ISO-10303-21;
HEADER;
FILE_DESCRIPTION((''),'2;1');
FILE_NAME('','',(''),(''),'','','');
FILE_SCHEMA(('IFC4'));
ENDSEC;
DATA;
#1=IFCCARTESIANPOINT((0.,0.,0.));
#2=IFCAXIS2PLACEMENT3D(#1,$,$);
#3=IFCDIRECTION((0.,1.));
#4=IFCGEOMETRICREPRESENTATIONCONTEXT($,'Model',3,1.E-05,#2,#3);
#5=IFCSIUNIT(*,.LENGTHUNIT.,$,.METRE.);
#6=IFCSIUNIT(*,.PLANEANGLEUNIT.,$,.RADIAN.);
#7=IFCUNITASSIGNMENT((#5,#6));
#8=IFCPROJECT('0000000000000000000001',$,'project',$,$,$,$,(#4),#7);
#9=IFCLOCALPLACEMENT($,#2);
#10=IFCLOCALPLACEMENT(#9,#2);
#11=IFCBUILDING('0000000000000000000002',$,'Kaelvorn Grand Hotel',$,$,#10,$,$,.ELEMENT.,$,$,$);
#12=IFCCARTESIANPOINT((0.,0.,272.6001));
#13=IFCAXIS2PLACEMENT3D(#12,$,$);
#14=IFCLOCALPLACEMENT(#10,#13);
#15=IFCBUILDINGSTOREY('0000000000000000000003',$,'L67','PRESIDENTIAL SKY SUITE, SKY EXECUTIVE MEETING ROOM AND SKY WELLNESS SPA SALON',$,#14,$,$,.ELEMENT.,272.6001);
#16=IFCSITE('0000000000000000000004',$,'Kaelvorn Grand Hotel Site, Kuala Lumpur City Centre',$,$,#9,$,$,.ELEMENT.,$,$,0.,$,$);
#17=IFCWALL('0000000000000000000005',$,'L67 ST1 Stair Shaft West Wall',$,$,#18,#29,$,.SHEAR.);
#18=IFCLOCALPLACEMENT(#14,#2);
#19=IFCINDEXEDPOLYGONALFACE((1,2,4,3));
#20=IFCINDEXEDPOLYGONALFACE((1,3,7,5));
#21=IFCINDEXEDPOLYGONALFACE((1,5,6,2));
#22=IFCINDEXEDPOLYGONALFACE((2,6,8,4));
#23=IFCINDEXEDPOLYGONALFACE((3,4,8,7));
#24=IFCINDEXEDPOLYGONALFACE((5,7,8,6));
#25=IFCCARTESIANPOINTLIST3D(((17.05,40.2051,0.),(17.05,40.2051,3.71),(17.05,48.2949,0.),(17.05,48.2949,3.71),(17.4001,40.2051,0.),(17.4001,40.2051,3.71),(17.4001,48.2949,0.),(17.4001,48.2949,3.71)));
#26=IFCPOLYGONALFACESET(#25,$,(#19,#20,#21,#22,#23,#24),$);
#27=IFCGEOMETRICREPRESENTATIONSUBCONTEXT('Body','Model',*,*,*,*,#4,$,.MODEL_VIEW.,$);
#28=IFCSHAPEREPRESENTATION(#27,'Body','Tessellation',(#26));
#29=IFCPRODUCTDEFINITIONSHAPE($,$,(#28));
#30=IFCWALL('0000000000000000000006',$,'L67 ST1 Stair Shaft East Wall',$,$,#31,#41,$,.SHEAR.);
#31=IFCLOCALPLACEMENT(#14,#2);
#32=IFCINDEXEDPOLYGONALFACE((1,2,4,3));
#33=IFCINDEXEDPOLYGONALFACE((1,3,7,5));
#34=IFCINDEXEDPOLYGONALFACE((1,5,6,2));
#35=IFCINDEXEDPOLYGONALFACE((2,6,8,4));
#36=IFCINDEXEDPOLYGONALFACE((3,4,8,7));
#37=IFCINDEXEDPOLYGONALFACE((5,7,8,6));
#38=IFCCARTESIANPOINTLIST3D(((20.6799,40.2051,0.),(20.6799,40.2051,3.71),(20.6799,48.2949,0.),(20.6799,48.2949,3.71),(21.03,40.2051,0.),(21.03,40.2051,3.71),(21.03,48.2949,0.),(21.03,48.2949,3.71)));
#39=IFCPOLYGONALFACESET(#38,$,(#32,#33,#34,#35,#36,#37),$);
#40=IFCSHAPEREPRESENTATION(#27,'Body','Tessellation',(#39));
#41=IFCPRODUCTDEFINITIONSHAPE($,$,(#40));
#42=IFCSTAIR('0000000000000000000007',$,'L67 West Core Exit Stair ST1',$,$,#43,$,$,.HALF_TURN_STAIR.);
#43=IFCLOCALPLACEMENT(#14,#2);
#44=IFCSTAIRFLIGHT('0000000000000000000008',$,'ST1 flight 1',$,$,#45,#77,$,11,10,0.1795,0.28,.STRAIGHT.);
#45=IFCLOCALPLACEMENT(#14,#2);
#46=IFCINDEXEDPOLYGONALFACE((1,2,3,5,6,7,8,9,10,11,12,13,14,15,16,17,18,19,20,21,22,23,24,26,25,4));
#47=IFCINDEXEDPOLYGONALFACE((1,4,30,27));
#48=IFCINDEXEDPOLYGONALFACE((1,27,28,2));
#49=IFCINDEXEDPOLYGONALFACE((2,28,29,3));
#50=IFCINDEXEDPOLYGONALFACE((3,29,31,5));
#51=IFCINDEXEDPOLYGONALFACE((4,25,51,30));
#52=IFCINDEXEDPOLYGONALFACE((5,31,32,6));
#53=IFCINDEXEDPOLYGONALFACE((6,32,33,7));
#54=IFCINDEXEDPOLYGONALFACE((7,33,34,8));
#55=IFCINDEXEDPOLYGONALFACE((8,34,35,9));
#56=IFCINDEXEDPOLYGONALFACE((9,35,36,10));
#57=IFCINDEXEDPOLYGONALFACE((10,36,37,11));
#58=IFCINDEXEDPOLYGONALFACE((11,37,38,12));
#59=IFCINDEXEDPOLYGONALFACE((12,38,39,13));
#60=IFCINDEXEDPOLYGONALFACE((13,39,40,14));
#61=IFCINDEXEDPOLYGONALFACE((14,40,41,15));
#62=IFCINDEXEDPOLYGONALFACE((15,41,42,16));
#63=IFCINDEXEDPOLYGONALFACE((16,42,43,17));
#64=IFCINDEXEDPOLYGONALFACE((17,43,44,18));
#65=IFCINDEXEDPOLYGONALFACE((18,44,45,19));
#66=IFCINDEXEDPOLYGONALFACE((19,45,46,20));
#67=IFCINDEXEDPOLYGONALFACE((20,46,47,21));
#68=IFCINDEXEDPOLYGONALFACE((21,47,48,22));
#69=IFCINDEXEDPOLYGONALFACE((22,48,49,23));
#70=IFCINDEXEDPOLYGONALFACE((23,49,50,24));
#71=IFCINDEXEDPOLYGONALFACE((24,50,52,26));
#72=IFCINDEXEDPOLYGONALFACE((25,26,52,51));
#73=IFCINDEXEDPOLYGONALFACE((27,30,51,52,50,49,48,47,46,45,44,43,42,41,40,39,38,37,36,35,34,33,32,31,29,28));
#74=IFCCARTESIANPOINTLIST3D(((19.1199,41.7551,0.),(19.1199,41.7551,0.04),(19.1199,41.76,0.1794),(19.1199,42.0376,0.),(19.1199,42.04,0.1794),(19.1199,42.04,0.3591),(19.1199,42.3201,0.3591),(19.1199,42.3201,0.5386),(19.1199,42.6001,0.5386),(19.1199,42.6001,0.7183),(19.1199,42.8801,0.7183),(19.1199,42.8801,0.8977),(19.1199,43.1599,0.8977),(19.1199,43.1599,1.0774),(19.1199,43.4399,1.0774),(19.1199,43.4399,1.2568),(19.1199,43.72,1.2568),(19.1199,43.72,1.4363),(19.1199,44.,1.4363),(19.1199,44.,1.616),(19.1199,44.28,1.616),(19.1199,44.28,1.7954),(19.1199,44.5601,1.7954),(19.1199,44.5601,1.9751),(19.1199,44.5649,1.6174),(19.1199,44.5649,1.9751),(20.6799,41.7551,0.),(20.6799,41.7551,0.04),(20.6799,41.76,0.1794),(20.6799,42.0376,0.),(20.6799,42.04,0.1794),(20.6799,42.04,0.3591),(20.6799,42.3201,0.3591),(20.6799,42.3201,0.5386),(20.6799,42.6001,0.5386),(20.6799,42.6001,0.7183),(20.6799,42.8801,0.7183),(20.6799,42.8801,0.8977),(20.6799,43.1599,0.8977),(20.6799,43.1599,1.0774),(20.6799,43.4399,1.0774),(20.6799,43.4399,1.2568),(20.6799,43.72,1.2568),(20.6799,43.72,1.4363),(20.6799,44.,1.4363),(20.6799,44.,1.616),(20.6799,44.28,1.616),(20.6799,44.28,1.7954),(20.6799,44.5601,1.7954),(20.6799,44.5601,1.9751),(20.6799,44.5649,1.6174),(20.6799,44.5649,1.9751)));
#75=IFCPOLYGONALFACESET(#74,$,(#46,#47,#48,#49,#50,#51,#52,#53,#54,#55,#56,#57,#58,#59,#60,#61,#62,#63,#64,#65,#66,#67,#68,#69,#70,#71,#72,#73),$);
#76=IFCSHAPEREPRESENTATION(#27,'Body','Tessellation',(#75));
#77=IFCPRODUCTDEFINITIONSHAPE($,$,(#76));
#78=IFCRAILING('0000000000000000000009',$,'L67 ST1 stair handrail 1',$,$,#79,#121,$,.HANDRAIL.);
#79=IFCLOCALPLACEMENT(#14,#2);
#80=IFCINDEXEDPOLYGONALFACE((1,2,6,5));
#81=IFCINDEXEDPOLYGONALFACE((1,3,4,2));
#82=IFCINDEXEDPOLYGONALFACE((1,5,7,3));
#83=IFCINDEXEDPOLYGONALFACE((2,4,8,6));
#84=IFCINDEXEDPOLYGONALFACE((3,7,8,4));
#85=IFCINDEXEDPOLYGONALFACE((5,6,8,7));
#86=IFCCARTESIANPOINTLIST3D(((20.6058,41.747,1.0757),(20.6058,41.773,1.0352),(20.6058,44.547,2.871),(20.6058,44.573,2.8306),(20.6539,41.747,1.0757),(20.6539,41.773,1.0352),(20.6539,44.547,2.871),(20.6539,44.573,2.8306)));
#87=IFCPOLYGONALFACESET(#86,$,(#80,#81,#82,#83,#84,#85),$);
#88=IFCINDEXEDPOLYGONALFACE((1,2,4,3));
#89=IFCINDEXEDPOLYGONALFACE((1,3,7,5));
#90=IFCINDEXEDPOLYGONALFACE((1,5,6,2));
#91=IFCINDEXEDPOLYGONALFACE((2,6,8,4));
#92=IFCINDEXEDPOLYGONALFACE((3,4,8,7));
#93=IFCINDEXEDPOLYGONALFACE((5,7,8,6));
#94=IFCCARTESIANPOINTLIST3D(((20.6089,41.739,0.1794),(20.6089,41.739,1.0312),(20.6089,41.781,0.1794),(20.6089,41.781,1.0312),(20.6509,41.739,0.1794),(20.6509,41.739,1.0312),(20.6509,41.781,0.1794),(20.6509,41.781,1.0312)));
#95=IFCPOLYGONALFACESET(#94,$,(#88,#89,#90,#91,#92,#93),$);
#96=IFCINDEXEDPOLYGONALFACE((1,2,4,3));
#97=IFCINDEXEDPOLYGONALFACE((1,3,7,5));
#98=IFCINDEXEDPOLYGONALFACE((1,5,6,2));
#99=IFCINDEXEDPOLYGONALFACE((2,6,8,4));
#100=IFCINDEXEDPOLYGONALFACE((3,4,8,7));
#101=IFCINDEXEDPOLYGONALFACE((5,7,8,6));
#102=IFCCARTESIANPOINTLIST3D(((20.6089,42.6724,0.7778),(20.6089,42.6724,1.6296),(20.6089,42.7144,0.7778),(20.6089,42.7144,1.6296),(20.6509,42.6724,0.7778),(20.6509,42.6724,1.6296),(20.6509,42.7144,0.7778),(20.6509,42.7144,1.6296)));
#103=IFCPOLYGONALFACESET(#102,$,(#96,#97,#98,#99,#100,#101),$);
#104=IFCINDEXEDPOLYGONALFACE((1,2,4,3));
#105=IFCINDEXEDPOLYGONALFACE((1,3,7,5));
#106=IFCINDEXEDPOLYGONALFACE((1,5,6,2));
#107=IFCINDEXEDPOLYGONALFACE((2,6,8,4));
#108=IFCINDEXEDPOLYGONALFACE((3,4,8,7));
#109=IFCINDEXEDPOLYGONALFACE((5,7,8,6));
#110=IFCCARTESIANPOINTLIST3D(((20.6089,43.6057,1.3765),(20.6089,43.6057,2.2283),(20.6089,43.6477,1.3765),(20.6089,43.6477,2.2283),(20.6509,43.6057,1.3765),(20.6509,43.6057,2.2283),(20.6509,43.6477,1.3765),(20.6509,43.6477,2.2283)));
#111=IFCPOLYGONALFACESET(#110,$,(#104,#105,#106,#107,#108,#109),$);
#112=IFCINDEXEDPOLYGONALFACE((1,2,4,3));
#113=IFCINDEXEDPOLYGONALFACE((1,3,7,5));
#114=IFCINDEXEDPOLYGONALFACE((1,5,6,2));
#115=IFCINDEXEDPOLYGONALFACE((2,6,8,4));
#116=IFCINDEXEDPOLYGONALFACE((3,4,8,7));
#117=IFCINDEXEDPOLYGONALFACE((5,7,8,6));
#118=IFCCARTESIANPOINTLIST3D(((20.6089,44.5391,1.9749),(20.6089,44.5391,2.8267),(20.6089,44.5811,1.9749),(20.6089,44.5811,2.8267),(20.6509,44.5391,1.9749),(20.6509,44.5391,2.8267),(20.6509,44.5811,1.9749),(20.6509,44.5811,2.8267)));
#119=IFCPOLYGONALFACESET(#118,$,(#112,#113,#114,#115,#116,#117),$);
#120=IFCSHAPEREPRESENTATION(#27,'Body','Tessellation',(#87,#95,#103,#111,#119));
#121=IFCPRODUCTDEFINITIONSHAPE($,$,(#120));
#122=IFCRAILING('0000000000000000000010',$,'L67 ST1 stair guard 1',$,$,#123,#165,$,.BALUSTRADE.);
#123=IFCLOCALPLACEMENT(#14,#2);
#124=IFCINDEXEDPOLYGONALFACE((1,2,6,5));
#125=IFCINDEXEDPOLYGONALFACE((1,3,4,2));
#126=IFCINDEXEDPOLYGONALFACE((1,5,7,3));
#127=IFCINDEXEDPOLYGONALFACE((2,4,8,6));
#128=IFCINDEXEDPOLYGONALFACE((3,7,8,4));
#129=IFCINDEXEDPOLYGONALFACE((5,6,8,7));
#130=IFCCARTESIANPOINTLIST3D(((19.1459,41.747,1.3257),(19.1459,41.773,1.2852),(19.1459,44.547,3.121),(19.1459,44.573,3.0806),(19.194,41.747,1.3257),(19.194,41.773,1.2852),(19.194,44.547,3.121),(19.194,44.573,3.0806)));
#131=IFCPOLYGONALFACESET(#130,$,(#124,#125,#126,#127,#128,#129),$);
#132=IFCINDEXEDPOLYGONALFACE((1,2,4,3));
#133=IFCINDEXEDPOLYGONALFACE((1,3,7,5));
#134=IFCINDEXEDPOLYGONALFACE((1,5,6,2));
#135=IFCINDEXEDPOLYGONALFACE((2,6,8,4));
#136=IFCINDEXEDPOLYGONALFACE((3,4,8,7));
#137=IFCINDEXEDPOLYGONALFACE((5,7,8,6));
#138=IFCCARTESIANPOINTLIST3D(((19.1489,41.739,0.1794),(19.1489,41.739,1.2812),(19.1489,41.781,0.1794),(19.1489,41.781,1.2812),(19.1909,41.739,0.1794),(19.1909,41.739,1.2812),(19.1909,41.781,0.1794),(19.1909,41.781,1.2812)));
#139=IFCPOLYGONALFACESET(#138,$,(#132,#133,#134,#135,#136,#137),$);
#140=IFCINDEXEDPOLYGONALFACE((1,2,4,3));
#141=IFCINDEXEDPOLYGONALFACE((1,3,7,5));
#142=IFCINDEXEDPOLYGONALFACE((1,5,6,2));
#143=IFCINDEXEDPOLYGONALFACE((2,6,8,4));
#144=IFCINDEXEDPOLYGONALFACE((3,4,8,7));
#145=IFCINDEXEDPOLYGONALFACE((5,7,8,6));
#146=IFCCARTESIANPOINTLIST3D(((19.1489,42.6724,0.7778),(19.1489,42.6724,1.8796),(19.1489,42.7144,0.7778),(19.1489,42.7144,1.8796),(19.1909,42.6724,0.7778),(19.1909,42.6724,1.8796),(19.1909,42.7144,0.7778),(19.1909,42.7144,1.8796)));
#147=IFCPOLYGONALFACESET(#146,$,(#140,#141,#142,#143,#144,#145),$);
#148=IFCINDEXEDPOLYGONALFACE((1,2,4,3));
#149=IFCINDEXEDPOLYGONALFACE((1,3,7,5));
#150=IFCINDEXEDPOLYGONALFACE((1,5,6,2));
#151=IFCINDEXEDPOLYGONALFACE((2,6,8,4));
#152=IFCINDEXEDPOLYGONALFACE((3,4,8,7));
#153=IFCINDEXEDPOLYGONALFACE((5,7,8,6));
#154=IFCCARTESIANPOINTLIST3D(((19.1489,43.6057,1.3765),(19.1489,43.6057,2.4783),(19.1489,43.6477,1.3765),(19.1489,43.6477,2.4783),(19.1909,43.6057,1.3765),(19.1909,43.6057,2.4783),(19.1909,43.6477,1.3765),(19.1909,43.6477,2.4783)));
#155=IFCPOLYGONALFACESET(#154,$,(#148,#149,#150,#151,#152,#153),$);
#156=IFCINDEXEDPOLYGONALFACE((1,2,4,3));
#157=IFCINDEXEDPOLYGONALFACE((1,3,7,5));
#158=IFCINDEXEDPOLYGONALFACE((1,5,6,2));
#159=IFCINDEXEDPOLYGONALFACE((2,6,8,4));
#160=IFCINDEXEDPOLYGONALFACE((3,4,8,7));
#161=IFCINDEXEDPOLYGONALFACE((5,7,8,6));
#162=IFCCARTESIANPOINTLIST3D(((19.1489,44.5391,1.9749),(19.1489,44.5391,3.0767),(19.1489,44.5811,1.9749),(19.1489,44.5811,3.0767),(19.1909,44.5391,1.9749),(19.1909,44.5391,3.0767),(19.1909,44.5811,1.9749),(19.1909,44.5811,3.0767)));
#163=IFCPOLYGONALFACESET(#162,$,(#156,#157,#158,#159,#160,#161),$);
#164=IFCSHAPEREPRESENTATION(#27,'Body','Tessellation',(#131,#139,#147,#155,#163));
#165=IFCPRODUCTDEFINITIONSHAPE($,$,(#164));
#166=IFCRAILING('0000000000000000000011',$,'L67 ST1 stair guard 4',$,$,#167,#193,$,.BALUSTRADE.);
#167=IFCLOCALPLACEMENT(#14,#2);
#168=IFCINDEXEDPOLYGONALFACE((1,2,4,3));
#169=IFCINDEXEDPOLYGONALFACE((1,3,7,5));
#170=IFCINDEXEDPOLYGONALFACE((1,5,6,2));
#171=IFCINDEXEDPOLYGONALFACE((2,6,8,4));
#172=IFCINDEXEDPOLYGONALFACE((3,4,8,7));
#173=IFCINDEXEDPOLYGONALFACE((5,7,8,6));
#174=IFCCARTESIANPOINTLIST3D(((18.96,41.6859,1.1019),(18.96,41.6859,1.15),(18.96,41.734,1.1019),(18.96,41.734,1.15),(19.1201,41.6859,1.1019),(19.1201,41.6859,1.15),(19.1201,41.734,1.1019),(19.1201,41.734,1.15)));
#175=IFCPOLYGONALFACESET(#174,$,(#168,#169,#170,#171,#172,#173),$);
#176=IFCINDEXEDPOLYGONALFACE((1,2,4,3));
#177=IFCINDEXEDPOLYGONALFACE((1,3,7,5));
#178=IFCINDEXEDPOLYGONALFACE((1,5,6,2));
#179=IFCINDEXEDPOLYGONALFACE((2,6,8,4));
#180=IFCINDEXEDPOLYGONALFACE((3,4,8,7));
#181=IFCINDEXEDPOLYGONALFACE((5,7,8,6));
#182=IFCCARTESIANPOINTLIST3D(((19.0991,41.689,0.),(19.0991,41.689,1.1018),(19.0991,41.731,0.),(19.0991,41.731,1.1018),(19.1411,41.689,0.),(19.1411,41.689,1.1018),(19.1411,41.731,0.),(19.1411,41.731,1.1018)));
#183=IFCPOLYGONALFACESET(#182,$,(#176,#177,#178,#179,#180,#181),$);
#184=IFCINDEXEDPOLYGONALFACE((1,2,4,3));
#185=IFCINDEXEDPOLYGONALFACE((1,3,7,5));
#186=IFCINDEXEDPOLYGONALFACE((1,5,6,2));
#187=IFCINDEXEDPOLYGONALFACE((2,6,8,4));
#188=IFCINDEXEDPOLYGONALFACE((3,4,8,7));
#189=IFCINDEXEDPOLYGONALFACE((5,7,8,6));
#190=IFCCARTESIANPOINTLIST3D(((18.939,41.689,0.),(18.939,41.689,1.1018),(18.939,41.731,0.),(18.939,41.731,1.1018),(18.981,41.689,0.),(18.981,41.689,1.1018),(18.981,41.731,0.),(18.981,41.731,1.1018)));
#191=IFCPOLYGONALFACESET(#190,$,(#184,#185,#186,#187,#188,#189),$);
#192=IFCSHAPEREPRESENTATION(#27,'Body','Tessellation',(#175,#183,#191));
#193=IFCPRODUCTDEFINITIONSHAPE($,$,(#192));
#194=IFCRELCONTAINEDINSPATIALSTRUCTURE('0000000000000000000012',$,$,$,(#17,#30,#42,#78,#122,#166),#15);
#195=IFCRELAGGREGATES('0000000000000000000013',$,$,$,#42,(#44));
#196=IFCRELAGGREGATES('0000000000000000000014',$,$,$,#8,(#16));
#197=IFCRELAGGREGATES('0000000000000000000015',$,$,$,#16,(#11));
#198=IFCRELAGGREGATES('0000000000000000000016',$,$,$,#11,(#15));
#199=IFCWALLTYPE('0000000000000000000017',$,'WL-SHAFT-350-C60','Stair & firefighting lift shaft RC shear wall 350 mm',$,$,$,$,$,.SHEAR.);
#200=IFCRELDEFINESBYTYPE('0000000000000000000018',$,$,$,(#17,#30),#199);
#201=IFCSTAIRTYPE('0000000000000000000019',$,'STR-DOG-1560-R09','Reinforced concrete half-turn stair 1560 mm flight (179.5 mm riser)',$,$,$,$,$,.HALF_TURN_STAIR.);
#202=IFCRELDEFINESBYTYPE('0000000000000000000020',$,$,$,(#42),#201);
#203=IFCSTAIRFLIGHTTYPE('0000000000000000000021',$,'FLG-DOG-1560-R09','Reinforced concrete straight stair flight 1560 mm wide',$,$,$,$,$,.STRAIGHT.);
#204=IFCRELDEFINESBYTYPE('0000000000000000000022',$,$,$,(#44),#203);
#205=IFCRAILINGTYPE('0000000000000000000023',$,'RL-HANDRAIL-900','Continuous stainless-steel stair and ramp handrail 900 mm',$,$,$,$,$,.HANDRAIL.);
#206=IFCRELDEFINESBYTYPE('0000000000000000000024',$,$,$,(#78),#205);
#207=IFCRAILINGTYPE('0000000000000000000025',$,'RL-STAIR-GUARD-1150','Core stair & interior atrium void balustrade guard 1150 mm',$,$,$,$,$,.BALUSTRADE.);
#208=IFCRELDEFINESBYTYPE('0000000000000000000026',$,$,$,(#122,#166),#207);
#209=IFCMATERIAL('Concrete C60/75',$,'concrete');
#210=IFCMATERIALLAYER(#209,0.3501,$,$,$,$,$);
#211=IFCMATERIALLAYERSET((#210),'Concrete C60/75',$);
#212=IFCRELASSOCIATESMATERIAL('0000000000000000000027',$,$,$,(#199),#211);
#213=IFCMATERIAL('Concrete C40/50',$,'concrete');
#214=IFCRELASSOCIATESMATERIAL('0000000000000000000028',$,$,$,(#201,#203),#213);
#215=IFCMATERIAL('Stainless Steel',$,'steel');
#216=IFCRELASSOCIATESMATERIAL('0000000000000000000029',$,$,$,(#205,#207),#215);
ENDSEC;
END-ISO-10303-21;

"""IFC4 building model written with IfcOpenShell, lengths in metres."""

from ifc_helpers import new_model, si_unit, direction, frame, frame_2d, origin, origin_2d, place, context, subcontext, project, spatial, polyline, rectangle, outline, extrude, material, layer, layer_set, type_object, element, aggregate, save


model = new_model("IFC4")

# Units and contexts
model_context = context("Model", 3, precision=1e-05, world=origin(), true_north=direction((0.0, 1.0)))
body_context = subcontext(model_context, "Body", "Model", "MODEL_VIEW")
ifc_project = project(units=[si_unit("LENGTHUNIT", "METRE"), si_unit("PLANEANGLEUNIT", "RADIAN")], contexts=[model_context])

# Site, building, storey
site_placement = place(None, origin())
site = spatial("IfcSite", under=ifc_project, at=site_placement, Name="Kaelvorn Grand Hotel Site, Kuala Lumpur City Centre", CompositionType="ELEMENT", RefElevation=0.0)
building_placement = place(site_placement, origin())
building = spatial("IfcBuilding", under=site, at=building_placement, Name="Kaelvorn Grand Hotel", CompositionType="ELEMENT")
storey_placement = place(building_placement, frame((0.0, 0.0, 272.6001)))
storey = spatial("IfcBuildingStorey", under=building, at=storey_placement, Name="L67", Description="PRESIDENTIAL SKY SUITE, SKY EXECUTIVE MEETING ROOM AND SKY WELLNESS SPA SALON", CompositionType="ELEMENT", Elevation=272.6001)

# Shared definitions
ifc_material_1 = material(Name="Concrete C40/50", Category="concrete")

# Shared definitions
ifc_material_2 = material(Name="Stainless Steel", Category="steel")
ifc_material_3 = material(Name="Concrete C60/75", Category="concrete")
ifc_layer_1 = layer(ifc_material_3, 0.3501)
ifc_layer_set_1 = layer_set([ifc_layer_1], Name="Concrete C60/75")
wall_type_1 = type_object("IfcWallType", Name="WL-SHAFT-350-C60", Description="Stair & firefighting lift shaft RC shear wall 350 mm", PredefinedType="SHEAR", material=ifc_layer_set_1)

# Walls
for number, where, z_axis, x_axis, name in (
    (1, (17.2251, 40.2051, 0.0), (0.0, 0.0, 1.0), (0.0, 1.0, 0.0), "L67 ST1 Stair Shaft West Wall"),
    (2, (20.855, 40.2051, 0.0), (0.0, 0.0, 1.0), (0.0, 1.0, 0.0), "L67 ST1 Stair Shaft East Wall"),
):
    element("IfcWall", number, at=place(storey_placement, frame(where, z_axis=z_axis, x_axis=x_axis)), inside=storey, type_object=wall_type_1, Name=name, PredefinedType="SHEAR", context=body_context, shape_type="SweptSolid", body=[
        extrude(rectangle(XDim=8.0898, YDim=0.3501, at=frame_2d((4.0449, 0.0))), origin(), (0.0, 0.0, 1.0), 3.71),
    ])

# Stair, stair flight
stair_type = type_object("IfcStairType", Name="STR-DOG-1560-R09", Description="Reinforced concrete half-turn stair 1560 mm flight (179.5 mm riser)", PredefinedType="HALF_TURN_STAIR", material=ifc_material_1)
stair_placement = place(storey_placement, origin())
stair = element("IfcStair", 3, at=stair_placement, inside=storey, type_object=stair_type, Name="L67 West Core Exit Stair ST1", PredefinedType="HALF_TURN_STAIR")
stair_flight_type = type_object("IfcStairFlightType", Name="FLG-DOG-1560-R09", Description="Reinforced concrete straight stair flight 1560 mm wide", PredefinedType="STRAIGHT", material=ifc_material_1)
stair_flight_placement = place(storey_placement, frame((19.8999, 41.76, 0.0), z_axis=(0.0, 0.0, 1.0), x_axis=(0.0, 1.0, 0.0)))
stair_flight = element("IfcStairFlight", 4, at=stair_flight_placement, type_object=stair_flight_type, Name="ST1 flight 1", NumberOfRisers=11, NumberOfTreads=10, PredefinedType="STRAIGHT", RiserHeight=0.1795, TreadLength=0.28, context=body_context, shape_type="SweptSolid", body=[
    extrude(outline(polyline([(-0.0049, 0.0), (-0.0049, 0.04), (0.0, 0.1794), (0.28, 0.1794), (0.28, 0.3591), (0.5601, 0.3591), (0.5601, 0.5386), (0.8401, 0.5386), (0.8401, 0.7183), (1.1201, 0.7183), (1.1201, 0.8977), (1.3999, 0.8977), (1.3999, 1.0774), (1.6799, 1.0774), (1.6799, 1.2568), (1.96, 1.2568), (1.96, 1.4363), (2.24, 1.4363), (2.24, 1.616), (2.52, 1.616), (2.52, 1.7954), (2.8, 1.7954), (2.8, 1.9751), (2.8049, 1.9751), (2.8049, 1.6174), (0.2776, 0.0), (-0.0049, 0.0)])), frame((0.0, 0.78, 0.0), z_axis=(0.0, -1.0, 0.0), x_axis=(1.0, 0.0, 0.0)), (0.0, 0.0, 1.0), 1.5601),
])
aggregate(stair, [stair_flight])

# Railings
railing_type_1 = type_object("IfcRailingType", Name="RL-HANDRAIL-900", Description="Continuous stainless-steel stair and ramp handrail 900 mm", PredefinedType="HANDRAIL", material=ifc_material_2)
railing_1_placement = place(storey_placement, frame((20.6299, 41.76, 0.1794)))
element("IfcRailing", 5, at=railing_1_placement, inside=storey, type_object=railing_type_1, Name="L67 ST1 stair handrail 1", PredefinedType="HANDRAIL", context=body_context, shape_type="SweptSolid", body=[
    extrude(rectangle(XDim=0.0481, YDim=0.0481, at=origin_2d()), frame((0.0, 0.0, 0.876), z_axis=(0.0, 0.84181, 0.539774), x_axis=(-1.0, 0.0, 0.0)), (0.0, 0.0, 1.0), 3.3262),
    extrude(rectangle(XDim=0.042, YDim=0.042, at=origin_2d()), origin(), (0.0, 0.0, 1.0), 0.8518),
    extrude(rectangle(XDim=0.042, YDim=0.042, at=origin_2d()), frame((0.0, 0.9333, 0.5984)), (0.0, 0.0, 1.0), 0.8518),
    extrude(rectangle(XDim=0.042, YDim=0.042, at=origin_2d()), frame((0.0, 1.8667, 1.197)), (0.0, 0.0, 1.0), 0.8518),
    extrude(rectangle(XDim=0.042, YDim=0.042, at=origin_2d()), frame((0.0, 2.8, 1.7954)), (0.0, 0.0, 1.0), 0.8518),
])
railing_type_2 = type_object("IfcRailingType", Name="RL-STAIR-GUARD-1150", Description="Core stair & interior atrium void balustrade guard 1150 mm", PredefinedType="BALUSTRADE", material=ifc_material_2)
railing_2_placement = place(storey_placement, frame((19.1699, 41.76, 0.1794)))
element("IfcRailing", 6, at=railing_2_placement, inside=storey, type_object=railing_type_2, Name="L67 ST1 stair guard 1", PredefinedType="BALUSTRADE", context=body_context, shape_type="SweptSolid", body=[
    extrude(rectangle(XDim=0.0481, YDim=0.0481, at=origin_2d()), frame((0.0, 0.0, 1.126), z_axis=(0.0, 0.84181, 0.539774), x_axis=(-1.0, 0.0, 0.0)), (0.0, 0.0, 1.0), 3.3262),
    extrude(rectangle(XDim=0.042, YDim=0.042, at=origin_2d()), origin(), (0.0, 0.0, 1.0), 1.1018),
    extrude(rectangle(XDim=0.042, YDim=0.042, at=origin_2d()), frame((0.0, 0.9333, 0.5984)), (0.0, 0.0, 1.0), 1.1018),
    extrude(rectangle(XDim=0.042, YDim=0.042, at=origin_2d()), frame((0.0, 1.8667, 1.197)), (0.0, 0.0, 1.0), 1.1018),
    extrude(rectangle(XDim=0.042, YDim=0.042, at=origin_2d()), frame((0.0, 2.8, 1.7954)), (0.0, 0.0, 1.0), 1.1018),
])
railing_3_placement = place(storey_placement, frame((19.1201, 41.71, 0.0)))
element("IfcRailing", 7, at=railing_3_placement, inside=storey, type_object=railing_type_2, Name="L67 ST1 stair guard 4", PredefinedType="BALUSTRADE", context=body_context, shape_type="SweptSolid", body=[
    extrude(rectangle(XDim=0.0481, YDim=0.0481, at=origin_2d()), frame((0.0, 0.0, 1.126), z_axis=(-1.0, 0.0, 0.0), x_axis=(0.0, -1.0, 0.0)), (0.0, 0.0, 1.0), 0.1602),
    extrude(rectangle(XDim=0.042, YDim=0.042, at=origin_2d()), origin(), (0.0, 0.0, 1.0), 1.1018),
    extrude(rectangle(XDim=0.042, YDim=0.042, at=origin_2d()), frame((-0.1602, 0.0, 0.0)), (0.0, 0.0, 1.0), 1.1018),
])

save(model, "model.ifc")
